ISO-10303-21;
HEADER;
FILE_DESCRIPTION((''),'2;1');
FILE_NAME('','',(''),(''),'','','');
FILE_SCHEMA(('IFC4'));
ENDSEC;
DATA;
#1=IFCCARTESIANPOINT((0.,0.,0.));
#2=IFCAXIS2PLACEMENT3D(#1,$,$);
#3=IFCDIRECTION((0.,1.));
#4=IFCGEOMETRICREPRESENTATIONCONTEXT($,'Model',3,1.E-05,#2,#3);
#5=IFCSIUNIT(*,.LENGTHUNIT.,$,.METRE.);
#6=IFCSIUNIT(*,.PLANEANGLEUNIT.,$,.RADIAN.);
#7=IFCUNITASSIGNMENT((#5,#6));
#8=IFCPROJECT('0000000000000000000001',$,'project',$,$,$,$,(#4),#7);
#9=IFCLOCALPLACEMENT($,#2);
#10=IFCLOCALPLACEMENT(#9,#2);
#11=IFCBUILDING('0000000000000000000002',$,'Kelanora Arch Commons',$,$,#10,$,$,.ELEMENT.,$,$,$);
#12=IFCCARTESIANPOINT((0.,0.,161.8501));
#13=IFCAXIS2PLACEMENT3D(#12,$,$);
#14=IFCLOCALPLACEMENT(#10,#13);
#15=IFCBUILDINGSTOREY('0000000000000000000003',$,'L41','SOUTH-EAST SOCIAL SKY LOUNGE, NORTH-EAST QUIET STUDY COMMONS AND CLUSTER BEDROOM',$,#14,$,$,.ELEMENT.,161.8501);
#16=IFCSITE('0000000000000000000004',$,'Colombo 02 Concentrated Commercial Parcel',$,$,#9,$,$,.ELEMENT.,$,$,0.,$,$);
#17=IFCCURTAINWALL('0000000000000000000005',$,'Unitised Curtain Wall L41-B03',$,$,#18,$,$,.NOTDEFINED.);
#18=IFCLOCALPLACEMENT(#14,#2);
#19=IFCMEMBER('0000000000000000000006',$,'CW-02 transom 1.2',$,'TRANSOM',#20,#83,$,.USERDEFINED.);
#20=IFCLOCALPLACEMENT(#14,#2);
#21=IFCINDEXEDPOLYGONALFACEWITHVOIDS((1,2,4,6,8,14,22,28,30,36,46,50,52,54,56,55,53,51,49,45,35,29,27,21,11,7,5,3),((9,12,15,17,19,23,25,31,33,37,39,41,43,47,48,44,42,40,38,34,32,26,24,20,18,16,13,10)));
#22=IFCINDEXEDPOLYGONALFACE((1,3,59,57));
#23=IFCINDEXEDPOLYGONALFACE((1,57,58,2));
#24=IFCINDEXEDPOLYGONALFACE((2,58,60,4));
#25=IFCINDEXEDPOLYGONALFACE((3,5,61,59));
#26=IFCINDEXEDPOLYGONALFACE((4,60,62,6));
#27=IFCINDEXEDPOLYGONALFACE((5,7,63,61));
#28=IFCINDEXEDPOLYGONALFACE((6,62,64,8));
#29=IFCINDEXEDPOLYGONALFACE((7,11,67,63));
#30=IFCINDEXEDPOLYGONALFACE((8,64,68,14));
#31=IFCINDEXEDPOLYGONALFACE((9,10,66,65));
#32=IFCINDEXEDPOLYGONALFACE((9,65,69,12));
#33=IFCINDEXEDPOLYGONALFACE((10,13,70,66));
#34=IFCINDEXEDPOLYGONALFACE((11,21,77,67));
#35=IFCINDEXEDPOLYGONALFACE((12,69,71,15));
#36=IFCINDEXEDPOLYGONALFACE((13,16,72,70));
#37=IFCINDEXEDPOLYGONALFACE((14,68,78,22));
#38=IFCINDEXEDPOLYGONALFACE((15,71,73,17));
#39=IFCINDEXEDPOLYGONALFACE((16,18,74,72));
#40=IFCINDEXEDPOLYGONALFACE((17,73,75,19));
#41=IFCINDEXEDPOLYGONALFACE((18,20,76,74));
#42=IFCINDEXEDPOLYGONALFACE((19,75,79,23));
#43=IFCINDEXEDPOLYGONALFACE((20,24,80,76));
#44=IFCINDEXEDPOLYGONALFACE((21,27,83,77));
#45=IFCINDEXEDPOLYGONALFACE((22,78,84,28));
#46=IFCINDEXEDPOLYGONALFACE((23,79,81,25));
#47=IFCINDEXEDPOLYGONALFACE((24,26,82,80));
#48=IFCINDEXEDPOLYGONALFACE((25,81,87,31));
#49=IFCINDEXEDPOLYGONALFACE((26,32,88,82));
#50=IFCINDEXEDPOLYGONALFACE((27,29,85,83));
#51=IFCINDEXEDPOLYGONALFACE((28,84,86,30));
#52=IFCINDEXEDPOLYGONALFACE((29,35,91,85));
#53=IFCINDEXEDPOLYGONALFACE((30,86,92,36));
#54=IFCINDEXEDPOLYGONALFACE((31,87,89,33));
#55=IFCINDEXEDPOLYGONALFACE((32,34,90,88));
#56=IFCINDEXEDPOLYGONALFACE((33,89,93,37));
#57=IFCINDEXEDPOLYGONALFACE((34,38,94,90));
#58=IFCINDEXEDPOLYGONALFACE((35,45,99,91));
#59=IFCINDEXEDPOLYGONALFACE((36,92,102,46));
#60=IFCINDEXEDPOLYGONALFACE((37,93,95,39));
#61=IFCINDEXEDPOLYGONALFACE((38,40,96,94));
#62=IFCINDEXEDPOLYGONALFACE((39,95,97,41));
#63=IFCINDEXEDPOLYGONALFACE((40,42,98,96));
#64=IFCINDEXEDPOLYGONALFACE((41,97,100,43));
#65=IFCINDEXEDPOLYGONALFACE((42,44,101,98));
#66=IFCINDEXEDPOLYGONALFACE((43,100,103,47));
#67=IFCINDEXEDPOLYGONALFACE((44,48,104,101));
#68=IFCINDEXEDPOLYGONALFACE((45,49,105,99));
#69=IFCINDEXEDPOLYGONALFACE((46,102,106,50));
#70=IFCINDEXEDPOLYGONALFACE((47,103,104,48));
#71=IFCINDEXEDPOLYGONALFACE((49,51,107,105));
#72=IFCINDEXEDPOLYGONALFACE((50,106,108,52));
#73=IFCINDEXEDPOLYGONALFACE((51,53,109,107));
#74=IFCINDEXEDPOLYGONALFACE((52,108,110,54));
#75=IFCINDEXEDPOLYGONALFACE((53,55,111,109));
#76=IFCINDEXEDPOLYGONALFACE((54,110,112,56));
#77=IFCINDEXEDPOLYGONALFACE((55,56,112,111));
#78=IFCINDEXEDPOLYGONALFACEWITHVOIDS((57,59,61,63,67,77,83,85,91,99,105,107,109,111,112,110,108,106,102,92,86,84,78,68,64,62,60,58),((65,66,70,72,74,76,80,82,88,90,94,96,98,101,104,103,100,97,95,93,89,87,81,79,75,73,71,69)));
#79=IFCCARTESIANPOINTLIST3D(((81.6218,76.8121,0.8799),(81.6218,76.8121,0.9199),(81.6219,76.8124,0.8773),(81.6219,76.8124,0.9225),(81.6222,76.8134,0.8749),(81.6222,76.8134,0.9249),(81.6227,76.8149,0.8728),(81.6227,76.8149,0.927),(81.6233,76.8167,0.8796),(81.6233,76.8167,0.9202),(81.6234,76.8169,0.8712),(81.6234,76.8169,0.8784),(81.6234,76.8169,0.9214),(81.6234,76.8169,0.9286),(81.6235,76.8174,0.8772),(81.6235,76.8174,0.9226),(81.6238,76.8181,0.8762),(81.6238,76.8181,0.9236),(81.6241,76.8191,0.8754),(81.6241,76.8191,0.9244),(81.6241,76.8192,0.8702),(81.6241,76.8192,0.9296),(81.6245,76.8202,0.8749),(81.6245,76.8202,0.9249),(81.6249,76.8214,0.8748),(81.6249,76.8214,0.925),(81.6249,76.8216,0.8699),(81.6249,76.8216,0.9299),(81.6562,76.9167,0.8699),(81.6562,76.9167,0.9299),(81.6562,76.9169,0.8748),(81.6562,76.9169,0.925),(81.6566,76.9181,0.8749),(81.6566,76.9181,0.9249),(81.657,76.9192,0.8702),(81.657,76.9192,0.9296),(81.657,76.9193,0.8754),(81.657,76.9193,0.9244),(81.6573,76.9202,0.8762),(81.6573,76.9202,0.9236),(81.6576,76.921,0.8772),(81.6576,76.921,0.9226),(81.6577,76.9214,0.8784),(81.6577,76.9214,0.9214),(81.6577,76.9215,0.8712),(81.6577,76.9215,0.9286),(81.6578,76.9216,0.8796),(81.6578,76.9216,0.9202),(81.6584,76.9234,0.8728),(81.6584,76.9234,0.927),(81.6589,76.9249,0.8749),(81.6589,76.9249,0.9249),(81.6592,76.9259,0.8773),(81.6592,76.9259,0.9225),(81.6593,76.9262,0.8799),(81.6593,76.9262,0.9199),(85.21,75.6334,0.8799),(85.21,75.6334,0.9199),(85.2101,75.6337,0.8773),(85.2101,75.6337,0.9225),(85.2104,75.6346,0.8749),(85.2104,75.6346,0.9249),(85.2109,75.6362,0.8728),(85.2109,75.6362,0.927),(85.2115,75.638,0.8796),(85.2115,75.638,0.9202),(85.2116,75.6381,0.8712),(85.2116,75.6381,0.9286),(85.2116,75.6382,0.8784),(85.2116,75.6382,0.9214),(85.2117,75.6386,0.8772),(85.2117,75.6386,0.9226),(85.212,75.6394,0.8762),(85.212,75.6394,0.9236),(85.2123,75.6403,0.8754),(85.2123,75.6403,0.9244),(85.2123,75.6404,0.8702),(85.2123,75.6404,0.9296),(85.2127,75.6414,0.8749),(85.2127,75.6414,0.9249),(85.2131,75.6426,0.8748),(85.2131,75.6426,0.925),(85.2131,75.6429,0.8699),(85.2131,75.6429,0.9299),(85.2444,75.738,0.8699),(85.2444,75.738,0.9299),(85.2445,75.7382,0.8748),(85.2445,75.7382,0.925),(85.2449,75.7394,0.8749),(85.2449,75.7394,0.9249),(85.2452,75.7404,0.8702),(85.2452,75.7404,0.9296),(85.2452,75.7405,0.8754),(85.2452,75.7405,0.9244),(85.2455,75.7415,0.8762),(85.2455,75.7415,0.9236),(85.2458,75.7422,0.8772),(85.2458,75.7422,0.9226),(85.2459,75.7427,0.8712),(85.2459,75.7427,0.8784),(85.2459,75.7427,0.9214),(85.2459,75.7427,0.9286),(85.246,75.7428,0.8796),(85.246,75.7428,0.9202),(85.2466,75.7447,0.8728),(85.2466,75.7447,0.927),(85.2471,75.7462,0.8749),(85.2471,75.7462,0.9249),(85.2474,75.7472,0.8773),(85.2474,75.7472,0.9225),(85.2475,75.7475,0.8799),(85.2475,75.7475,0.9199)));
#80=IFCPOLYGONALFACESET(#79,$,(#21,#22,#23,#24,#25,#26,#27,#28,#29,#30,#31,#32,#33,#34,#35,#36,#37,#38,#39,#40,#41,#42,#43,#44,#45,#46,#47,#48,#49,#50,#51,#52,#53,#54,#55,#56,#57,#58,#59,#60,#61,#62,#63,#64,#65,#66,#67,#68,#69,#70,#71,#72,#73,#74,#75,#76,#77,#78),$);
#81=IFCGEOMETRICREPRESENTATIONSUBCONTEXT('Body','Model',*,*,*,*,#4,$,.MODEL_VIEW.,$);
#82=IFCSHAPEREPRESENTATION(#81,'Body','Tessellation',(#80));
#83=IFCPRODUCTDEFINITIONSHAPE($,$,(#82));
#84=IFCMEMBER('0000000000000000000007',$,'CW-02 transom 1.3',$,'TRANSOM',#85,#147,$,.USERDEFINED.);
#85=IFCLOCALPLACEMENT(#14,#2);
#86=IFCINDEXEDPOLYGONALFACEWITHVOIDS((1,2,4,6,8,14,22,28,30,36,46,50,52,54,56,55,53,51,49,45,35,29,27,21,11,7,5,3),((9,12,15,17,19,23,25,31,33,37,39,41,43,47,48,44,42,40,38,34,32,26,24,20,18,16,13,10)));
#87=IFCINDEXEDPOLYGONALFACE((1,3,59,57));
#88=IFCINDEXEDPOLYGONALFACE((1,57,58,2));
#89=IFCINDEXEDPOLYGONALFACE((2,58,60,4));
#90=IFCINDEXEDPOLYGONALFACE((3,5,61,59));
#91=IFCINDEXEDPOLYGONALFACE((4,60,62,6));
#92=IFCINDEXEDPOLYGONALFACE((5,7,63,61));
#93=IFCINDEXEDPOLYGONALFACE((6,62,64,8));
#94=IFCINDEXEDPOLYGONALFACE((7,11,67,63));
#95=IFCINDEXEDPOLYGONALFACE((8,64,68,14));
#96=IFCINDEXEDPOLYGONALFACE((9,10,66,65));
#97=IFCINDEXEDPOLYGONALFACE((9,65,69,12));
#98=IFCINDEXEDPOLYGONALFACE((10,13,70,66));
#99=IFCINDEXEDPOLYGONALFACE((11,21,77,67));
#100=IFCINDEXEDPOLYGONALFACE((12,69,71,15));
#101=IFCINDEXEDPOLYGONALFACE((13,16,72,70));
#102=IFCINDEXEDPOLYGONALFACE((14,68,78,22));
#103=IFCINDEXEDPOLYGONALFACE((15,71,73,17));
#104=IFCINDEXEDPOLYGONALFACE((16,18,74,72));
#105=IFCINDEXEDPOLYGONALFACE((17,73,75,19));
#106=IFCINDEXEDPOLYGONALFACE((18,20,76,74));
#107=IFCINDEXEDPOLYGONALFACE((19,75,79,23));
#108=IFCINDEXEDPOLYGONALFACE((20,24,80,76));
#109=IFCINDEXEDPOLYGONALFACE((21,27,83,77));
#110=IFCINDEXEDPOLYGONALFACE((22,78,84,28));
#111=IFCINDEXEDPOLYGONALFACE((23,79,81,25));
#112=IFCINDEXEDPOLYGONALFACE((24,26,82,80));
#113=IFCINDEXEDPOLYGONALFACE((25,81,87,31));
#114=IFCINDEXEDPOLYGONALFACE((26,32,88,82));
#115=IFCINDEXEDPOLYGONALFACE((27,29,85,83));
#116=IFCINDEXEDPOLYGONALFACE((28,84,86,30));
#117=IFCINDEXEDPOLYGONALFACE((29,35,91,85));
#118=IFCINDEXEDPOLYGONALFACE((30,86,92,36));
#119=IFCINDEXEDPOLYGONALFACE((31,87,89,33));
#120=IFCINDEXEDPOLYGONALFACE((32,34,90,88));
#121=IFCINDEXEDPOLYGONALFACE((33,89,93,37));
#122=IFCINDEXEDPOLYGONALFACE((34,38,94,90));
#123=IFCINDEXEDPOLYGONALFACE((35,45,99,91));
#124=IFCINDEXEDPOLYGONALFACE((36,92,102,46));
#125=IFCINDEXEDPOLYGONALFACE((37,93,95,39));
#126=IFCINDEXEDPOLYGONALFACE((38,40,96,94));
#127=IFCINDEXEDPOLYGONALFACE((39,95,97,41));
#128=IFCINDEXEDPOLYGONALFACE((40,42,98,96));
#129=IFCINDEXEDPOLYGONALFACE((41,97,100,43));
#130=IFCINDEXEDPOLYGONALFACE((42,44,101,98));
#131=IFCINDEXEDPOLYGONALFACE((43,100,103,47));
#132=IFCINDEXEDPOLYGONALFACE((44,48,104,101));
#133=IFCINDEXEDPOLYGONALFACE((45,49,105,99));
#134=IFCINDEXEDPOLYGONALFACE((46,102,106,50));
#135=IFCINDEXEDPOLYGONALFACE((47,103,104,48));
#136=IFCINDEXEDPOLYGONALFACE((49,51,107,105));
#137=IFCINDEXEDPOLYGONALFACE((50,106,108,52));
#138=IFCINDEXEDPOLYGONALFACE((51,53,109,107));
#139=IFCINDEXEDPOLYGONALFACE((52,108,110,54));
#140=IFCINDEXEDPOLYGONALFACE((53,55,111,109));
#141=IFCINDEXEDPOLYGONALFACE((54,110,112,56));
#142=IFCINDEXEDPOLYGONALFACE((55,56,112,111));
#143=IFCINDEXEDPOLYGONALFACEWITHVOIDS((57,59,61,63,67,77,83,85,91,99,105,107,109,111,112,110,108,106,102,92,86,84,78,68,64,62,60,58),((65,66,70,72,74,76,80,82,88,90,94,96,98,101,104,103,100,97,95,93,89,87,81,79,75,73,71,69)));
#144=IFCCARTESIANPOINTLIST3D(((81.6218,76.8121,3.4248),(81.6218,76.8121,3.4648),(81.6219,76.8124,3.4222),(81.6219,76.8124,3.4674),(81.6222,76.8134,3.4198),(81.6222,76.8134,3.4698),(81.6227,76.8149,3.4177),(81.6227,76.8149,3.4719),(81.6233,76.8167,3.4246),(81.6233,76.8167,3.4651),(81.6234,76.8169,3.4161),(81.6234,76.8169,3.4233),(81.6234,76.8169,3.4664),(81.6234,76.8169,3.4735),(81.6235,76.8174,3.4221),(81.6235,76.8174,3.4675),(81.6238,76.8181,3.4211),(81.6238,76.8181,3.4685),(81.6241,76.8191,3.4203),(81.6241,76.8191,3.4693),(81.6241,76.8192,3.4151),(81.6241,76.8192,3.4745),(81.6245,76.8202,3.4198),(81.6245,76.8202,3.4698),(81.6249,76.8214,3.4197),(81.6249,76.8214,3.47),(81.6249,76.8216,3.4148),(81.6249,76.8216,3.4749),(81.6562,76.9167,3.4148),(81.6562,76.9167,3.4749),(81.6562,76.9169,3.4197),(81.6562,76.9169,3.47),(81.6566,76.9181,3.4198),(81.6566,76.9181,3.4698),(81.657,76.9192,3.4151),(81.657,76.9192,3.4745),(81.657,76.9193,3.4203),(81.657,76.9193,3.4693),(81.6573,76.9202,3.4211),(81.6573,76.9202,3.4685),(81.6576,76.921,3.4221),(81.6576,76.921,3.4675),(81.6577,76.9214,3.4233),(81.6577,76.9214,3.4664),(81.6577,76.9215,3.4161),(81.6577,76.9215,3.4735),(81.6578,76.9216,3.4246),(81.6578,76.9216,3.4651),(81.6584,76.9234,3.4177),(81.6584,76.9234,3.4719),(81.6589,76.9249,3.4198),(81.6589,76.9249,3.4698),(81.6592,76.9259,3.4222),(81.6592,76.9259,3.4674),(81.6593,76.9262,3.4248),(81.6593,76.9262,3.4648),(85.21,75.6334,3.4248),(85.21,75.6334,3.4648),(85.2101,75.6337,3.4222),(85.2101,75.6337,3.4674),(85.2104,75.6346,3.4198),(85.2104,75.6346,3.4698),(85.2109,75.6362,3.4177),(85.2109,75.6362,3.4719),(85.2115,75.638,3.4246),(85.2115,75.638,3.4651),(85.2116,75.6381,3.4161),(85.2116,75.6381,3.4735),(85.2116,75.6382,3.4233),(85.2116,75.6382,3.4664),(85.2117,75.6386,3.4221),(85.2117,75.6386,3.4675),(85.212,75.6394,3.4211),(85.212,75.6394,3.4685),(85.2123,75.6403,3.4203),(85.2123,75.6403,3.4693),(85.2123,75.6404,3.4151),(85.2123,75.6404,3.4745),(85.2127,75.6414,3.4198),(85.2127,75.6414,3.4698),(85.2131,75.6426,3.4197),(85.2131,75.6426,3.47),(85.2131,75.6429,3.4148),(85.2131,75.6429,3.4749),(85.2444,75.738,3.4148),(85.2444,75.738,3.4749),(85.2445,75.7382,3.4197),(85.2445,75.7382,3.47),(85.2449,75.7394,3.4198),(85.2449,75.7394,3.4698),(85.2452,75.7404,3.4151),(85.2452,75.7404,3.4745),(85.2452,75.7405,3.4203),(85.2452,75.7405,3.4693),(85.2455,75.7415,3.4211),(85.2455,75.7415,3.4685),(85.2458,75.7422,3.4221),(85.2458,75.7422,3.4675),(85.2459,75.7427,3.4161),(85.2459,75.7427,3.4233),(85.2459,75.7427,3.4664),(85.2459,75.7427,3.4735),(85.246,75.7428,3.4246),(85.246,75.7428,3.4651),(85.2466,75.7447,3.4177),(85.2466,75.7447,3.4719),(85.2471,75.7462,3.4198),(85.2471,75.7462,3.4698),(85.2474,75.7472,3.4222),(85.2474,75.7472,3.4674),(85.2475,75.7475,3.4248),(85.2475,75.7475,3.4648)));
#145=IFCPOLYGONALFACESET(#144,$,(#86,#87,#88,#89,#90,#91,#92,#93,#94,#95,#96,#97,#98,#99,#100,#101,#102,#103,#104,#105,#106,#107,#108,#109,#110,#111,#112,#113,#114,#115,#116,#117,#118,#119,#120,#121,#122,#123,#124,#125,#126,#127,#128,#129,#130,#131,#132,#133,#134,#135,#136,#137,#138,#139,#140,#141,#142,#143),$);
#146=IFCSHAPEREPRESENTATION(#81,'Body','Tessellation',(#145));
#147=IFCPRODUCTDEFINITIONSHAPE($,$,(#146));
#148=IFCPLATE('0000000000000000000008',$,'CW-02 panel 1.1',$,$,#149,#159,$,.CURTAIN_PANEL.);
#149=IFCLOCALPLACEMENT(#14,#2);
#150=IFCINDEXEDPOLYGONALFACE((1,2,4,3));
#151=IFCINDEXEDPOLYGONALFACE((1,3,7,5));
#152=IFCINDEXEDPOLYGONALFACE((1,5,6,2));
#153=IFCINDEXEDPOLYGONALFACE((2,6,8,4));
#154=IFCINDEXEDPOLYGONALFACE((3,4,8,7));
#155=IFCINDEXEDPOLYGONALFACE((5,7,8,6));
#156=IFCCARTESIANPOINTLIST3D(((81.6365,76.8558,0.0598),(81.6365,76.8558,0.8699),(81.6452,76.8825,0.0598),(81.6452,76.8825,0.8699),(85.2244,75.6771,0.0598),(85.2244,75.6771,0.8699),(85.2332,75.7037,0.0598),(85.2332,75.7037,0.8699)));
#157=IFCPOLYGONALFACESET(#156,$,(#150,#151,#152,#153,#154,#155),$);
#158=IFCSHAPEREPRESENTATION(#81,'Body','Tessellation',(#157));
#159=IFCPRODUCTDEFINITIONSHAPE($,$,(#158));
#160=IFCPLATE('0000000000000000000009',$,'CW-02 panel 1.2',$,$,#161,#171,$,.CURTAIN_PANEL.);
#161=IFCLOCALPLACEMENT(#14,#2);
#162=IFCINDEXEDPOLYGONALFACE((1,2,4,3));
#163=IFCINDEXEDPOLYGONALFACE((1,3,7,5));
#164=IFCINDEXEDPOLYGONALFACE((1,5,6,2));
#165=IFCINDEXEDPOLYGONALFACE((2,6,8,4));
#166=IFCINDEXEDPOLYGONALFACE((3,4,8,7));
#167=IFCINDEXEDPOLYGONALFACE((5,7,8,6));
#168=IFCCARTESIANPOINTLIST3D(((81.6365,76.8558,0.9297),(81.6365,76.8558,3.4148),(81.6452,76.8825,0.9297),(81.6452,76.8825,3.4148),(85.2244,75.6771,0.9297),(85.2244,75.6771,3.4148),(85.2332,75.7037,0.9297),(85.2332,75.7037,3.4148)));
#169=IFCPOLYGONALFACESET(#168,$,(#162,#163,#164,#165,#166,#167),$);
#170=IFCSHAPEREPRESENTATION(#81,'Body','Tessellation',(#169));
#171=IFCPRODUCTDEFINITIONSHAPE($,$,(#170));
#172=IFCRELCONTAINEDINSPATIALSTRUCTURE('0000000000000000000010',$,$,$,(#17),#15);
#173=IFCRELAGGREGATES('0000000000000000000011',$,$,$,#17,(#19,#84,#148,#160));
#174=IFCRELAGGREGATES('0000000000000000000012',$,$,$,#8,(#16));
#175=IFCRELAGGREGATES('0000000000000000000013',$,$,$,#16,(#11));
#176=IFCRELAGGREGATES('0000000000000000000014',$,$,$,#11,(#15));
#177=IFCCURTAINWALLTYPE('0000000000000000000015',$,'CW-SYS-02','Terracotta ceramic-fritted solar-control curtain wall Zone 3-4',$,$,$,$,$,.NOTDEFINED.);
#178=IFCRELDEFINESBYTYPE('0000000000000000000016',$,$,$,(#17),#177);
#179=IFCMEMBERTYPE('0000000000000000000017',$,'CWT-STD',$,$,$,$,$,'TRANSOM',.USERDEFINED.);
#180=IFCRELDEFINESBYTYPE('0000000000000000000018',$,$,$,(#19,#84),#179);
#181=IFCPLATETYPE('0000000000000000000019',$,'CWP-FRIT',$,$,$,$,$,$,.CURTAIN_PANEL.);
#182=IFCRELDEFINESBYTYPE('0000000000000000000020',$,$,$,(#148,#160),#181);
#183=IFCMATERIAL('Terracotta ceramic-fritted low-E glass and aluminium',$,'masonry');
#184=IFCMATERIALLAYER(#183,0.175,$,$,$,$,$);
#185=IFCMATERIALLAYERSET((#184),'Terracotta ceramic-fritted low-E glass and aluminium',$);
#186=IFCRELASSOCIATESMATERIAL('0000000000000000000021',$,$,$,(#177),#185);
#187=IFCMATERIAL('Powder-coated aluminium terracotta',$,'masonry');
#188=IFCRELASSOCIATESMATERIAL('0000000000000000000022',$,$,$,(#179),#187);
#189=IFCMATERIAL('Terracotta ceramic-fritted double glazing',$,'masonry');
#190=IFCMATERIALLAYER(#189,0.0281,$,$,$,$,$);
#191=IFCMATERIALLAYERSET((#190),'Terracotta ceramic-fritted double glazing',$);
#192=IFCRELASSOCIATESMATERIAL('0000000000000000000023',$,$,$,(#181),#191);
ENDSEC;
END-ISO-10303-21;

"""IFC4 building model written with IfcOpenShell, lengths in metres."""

from ifc_helpers import new_model, si_unit, direction, frame, origin, origin_2d, place, context, subcontext, project, spatial, rectangle, hollow_rectangle, extrude, source, transform, mapped, material, layer, layer_set, material_profile, profile_set, type_object, element, aggregate, save


model = new_model("IFC4")

# Units and contexts
model_context = context("Model", 3, precision=1e-05, world=origin(), true_north=direction((0.0, 1.0)))
body_context = subcontext(model_context, "Body", "Model", "MODEL_VIEW")
ifc_project = project(units=[si_unit("LENGTHUNIT", "METRE"), si_unit("PLANEANGLEUNIT", "RADIAN")], contexts=[model_context])

# Site, building, storey
site_placement = place(None, origin())
site = spatial("IfcSite", under=ifc_project, at=site_placement, Name="Colombo 02 Concentrated Commercial Parcel", CompositionType="ELEMENT", RefElevation=0.0)
building_placement = place(site_placement, origin())
building = spatial("IfcBuilding", under=site, at=building_placement, Name="Kelanora Arch Commons", CompositionType="ELEMENT")
storey_placement = place(building_placement, frame((0.0, 0.0, 161.8501)))
storey = spatial("IfcBuildingStorey", under=building, at=storey_placement, Name="L41", Description="SOUTH-EAST SOCIAL SKY LOUNGE, NORTH-EAST QUIET STUDY COMMONS AND CLUSTER BEDROOM", CompositionType="ELEMENT", Elevation=161.8501)

# Curtain wall, members, plates
ifc_material_1 = material(Name="Terracotta ceramic-fritted low-E glass and aluminium", Category="masonry")
ifc_layer_1 = layer(ifc_material_1, 0.175)
ifc_layer_set_1 = layer_set([ifc_layer_1], Name="Terracotta ceramic-fritted low-E glass and aluminium")
curtain_wall_type = type_object("IfcCurtainWallType", Name="CW-SYS-02", Description="Terracotta ceramic-fritted solar-control curtain wall Zone 3-4", PredefinedType="NOTDEFINED", material=ifc_layer_set_1)
curtain_wall_placement = place(storey_placement, origin())
curtain_wall = element("IfcCurtainWall", 1, at=curtain_wall_placement, inside=storey, type_object=curtain_wall_type, Name="Unitised Curtain Wall L41-B03", PredefinedType="NOTDEFINED")
ifc_material_2 = material(Name="Powder-coated aluminium terracotta", Category="masonry")
ifc_material_profile_1 = material_profile(ifc_material_2, hollow_rectangle(XDim=0.1201, YDim=0.0601, WallThickness=0.0049, InnerFilletRadius=0.0049, OuterFilletRadius=0.01, at=origin_2d()), Name="CWT120x60")
ifc_profile_set_1 = profile_set([ifc_material_profile_1], Name="Powder-coated aluminium terracotta")
member_type_1 = type_object("IfcMemberType", Name="CWT-STD", ElementType="TRANSOM", PredefinedType="USERDEFINED", material=ifc_profile_set_1)
member_1_placement = place(storey_placement, frame((85.2288, 75.6904, 0.8999), z_axis=(-0.950051, 0.312094, 0.0), x_axis=(-0.312094, -0.950051, 0.0)))
member_1 = element("IfcMember", 2, at=member_1_placement, type_object=member_type_1, Name="CW-02 transom 1.2", ObjectType="TRANSOM", PredefinedType="USERDEFINED", context=body_context, shape_type="SweptSolid", body=[
    extrude(hollow_rectangle(XDim=0.1201, YDim=0.0601, WallThickness=0.0049, InnerFilletRadius=0.0049, OuterFilletRadius=0.01, at=origin_2d()), origin(), (0.0, 0.0, 1.0), 3.7769),
])
member_2_placement = place(storey_placement, frame((85.2288, 75.6904, 3.4448), z_axis=(-0.950051, 0.312094, 0.0), x_axis=(-0.312094, -0.950051, 0.0)))
member_2 = element("IfcMember", 3, at=member_2_placement, type_object=member_type_1, Name="CW-02 transom 1.3", ObjectType="TRANSOM", PredefinedType="USERDEFINED", context=body_context, shape_type="SweptSolid", body=[
    extrude(hollow_rectangle(XDim=0.1201, YDim=0.0601, WallThickness=0.0049, InnerFilletRadius=0.0049, OuterFilletRadius=0.01, at=origin_2d()), origin(), (0.0, 0.0, 1.0), 3.7769),
])
ifc_material_3 = material(Name="Terracotta ceramic-fritted double glazing", Category="masonry")
ifc_layer_2 = layer(ifc_material_3, 0.0281)
ifc_layer_set_2 = layer_set([ifc_layer_2], Name="Terracotta ceramic-fritted double glazing")
plate_type = type_object("IfcPlateType", Name="CWP-FRIT", PredefinedType="CURTAIN_PANEL", material=ifc_layer_set_2)
shared_shape_1 = source(origin(), body_context, "Body", "SweptSolid", [
    extrude(rectangle(XDim=3.7766, YDim=0.0281, at=origin_2d()), origin(), (0.0, 0.0, 1.0), 0.8101),
])
plate_1_placement = place(storey_placement, frame((83.4348, 76.2798, 0.0598), z_axis=(0.0, 0.0, 1.0), x_axis=(-0.95004, 0.312128, 0.0)))
plate_1 = element("IfcPlate", 4, at=plate_1_placement, type_object=plate_type, Name="CW-02 panel 1.1", PredefinedType="CURTAIN_PANEL", context=body_context, shape_type="MappedRepresentation", body=[
    mapped(shared_shape_1, transform((0.0, 0.0, 0.0), scale=1.0)),
])
shared_shape_2 = source(origin(), body_context, "Body", "SweptSolid", [
    extrude(rectangle(XDim=3.7766, YDim=0.0281, at=origin_2d()), origin(), (0.0, 0.0, 1.0), 2.4851),
])
plate_2_placement = place(storey_placement, frame((83.4348, 76.2798, 0.9297), z_axis=(0.0, 0.0, 1.0), x_axis=(-0.95004, 0.312128, 0.0)))
plate_2 = element("IfcPlate", 5, at=plate_2_placement, type_object=plate_type, Name="CW-02 panel 1.2", PredefinedType="CURTAIN_PANEL", context=body_context, shape_type="MappedRepresentation", body=[
    mapped(shared_shape_2, transform((0.0, 0.0, 0.0), scale=1.0)),
])
aggregate(curtain_wall, [member_1, member_2, plate_1, plate_2])

save(model, "model.ifc")
